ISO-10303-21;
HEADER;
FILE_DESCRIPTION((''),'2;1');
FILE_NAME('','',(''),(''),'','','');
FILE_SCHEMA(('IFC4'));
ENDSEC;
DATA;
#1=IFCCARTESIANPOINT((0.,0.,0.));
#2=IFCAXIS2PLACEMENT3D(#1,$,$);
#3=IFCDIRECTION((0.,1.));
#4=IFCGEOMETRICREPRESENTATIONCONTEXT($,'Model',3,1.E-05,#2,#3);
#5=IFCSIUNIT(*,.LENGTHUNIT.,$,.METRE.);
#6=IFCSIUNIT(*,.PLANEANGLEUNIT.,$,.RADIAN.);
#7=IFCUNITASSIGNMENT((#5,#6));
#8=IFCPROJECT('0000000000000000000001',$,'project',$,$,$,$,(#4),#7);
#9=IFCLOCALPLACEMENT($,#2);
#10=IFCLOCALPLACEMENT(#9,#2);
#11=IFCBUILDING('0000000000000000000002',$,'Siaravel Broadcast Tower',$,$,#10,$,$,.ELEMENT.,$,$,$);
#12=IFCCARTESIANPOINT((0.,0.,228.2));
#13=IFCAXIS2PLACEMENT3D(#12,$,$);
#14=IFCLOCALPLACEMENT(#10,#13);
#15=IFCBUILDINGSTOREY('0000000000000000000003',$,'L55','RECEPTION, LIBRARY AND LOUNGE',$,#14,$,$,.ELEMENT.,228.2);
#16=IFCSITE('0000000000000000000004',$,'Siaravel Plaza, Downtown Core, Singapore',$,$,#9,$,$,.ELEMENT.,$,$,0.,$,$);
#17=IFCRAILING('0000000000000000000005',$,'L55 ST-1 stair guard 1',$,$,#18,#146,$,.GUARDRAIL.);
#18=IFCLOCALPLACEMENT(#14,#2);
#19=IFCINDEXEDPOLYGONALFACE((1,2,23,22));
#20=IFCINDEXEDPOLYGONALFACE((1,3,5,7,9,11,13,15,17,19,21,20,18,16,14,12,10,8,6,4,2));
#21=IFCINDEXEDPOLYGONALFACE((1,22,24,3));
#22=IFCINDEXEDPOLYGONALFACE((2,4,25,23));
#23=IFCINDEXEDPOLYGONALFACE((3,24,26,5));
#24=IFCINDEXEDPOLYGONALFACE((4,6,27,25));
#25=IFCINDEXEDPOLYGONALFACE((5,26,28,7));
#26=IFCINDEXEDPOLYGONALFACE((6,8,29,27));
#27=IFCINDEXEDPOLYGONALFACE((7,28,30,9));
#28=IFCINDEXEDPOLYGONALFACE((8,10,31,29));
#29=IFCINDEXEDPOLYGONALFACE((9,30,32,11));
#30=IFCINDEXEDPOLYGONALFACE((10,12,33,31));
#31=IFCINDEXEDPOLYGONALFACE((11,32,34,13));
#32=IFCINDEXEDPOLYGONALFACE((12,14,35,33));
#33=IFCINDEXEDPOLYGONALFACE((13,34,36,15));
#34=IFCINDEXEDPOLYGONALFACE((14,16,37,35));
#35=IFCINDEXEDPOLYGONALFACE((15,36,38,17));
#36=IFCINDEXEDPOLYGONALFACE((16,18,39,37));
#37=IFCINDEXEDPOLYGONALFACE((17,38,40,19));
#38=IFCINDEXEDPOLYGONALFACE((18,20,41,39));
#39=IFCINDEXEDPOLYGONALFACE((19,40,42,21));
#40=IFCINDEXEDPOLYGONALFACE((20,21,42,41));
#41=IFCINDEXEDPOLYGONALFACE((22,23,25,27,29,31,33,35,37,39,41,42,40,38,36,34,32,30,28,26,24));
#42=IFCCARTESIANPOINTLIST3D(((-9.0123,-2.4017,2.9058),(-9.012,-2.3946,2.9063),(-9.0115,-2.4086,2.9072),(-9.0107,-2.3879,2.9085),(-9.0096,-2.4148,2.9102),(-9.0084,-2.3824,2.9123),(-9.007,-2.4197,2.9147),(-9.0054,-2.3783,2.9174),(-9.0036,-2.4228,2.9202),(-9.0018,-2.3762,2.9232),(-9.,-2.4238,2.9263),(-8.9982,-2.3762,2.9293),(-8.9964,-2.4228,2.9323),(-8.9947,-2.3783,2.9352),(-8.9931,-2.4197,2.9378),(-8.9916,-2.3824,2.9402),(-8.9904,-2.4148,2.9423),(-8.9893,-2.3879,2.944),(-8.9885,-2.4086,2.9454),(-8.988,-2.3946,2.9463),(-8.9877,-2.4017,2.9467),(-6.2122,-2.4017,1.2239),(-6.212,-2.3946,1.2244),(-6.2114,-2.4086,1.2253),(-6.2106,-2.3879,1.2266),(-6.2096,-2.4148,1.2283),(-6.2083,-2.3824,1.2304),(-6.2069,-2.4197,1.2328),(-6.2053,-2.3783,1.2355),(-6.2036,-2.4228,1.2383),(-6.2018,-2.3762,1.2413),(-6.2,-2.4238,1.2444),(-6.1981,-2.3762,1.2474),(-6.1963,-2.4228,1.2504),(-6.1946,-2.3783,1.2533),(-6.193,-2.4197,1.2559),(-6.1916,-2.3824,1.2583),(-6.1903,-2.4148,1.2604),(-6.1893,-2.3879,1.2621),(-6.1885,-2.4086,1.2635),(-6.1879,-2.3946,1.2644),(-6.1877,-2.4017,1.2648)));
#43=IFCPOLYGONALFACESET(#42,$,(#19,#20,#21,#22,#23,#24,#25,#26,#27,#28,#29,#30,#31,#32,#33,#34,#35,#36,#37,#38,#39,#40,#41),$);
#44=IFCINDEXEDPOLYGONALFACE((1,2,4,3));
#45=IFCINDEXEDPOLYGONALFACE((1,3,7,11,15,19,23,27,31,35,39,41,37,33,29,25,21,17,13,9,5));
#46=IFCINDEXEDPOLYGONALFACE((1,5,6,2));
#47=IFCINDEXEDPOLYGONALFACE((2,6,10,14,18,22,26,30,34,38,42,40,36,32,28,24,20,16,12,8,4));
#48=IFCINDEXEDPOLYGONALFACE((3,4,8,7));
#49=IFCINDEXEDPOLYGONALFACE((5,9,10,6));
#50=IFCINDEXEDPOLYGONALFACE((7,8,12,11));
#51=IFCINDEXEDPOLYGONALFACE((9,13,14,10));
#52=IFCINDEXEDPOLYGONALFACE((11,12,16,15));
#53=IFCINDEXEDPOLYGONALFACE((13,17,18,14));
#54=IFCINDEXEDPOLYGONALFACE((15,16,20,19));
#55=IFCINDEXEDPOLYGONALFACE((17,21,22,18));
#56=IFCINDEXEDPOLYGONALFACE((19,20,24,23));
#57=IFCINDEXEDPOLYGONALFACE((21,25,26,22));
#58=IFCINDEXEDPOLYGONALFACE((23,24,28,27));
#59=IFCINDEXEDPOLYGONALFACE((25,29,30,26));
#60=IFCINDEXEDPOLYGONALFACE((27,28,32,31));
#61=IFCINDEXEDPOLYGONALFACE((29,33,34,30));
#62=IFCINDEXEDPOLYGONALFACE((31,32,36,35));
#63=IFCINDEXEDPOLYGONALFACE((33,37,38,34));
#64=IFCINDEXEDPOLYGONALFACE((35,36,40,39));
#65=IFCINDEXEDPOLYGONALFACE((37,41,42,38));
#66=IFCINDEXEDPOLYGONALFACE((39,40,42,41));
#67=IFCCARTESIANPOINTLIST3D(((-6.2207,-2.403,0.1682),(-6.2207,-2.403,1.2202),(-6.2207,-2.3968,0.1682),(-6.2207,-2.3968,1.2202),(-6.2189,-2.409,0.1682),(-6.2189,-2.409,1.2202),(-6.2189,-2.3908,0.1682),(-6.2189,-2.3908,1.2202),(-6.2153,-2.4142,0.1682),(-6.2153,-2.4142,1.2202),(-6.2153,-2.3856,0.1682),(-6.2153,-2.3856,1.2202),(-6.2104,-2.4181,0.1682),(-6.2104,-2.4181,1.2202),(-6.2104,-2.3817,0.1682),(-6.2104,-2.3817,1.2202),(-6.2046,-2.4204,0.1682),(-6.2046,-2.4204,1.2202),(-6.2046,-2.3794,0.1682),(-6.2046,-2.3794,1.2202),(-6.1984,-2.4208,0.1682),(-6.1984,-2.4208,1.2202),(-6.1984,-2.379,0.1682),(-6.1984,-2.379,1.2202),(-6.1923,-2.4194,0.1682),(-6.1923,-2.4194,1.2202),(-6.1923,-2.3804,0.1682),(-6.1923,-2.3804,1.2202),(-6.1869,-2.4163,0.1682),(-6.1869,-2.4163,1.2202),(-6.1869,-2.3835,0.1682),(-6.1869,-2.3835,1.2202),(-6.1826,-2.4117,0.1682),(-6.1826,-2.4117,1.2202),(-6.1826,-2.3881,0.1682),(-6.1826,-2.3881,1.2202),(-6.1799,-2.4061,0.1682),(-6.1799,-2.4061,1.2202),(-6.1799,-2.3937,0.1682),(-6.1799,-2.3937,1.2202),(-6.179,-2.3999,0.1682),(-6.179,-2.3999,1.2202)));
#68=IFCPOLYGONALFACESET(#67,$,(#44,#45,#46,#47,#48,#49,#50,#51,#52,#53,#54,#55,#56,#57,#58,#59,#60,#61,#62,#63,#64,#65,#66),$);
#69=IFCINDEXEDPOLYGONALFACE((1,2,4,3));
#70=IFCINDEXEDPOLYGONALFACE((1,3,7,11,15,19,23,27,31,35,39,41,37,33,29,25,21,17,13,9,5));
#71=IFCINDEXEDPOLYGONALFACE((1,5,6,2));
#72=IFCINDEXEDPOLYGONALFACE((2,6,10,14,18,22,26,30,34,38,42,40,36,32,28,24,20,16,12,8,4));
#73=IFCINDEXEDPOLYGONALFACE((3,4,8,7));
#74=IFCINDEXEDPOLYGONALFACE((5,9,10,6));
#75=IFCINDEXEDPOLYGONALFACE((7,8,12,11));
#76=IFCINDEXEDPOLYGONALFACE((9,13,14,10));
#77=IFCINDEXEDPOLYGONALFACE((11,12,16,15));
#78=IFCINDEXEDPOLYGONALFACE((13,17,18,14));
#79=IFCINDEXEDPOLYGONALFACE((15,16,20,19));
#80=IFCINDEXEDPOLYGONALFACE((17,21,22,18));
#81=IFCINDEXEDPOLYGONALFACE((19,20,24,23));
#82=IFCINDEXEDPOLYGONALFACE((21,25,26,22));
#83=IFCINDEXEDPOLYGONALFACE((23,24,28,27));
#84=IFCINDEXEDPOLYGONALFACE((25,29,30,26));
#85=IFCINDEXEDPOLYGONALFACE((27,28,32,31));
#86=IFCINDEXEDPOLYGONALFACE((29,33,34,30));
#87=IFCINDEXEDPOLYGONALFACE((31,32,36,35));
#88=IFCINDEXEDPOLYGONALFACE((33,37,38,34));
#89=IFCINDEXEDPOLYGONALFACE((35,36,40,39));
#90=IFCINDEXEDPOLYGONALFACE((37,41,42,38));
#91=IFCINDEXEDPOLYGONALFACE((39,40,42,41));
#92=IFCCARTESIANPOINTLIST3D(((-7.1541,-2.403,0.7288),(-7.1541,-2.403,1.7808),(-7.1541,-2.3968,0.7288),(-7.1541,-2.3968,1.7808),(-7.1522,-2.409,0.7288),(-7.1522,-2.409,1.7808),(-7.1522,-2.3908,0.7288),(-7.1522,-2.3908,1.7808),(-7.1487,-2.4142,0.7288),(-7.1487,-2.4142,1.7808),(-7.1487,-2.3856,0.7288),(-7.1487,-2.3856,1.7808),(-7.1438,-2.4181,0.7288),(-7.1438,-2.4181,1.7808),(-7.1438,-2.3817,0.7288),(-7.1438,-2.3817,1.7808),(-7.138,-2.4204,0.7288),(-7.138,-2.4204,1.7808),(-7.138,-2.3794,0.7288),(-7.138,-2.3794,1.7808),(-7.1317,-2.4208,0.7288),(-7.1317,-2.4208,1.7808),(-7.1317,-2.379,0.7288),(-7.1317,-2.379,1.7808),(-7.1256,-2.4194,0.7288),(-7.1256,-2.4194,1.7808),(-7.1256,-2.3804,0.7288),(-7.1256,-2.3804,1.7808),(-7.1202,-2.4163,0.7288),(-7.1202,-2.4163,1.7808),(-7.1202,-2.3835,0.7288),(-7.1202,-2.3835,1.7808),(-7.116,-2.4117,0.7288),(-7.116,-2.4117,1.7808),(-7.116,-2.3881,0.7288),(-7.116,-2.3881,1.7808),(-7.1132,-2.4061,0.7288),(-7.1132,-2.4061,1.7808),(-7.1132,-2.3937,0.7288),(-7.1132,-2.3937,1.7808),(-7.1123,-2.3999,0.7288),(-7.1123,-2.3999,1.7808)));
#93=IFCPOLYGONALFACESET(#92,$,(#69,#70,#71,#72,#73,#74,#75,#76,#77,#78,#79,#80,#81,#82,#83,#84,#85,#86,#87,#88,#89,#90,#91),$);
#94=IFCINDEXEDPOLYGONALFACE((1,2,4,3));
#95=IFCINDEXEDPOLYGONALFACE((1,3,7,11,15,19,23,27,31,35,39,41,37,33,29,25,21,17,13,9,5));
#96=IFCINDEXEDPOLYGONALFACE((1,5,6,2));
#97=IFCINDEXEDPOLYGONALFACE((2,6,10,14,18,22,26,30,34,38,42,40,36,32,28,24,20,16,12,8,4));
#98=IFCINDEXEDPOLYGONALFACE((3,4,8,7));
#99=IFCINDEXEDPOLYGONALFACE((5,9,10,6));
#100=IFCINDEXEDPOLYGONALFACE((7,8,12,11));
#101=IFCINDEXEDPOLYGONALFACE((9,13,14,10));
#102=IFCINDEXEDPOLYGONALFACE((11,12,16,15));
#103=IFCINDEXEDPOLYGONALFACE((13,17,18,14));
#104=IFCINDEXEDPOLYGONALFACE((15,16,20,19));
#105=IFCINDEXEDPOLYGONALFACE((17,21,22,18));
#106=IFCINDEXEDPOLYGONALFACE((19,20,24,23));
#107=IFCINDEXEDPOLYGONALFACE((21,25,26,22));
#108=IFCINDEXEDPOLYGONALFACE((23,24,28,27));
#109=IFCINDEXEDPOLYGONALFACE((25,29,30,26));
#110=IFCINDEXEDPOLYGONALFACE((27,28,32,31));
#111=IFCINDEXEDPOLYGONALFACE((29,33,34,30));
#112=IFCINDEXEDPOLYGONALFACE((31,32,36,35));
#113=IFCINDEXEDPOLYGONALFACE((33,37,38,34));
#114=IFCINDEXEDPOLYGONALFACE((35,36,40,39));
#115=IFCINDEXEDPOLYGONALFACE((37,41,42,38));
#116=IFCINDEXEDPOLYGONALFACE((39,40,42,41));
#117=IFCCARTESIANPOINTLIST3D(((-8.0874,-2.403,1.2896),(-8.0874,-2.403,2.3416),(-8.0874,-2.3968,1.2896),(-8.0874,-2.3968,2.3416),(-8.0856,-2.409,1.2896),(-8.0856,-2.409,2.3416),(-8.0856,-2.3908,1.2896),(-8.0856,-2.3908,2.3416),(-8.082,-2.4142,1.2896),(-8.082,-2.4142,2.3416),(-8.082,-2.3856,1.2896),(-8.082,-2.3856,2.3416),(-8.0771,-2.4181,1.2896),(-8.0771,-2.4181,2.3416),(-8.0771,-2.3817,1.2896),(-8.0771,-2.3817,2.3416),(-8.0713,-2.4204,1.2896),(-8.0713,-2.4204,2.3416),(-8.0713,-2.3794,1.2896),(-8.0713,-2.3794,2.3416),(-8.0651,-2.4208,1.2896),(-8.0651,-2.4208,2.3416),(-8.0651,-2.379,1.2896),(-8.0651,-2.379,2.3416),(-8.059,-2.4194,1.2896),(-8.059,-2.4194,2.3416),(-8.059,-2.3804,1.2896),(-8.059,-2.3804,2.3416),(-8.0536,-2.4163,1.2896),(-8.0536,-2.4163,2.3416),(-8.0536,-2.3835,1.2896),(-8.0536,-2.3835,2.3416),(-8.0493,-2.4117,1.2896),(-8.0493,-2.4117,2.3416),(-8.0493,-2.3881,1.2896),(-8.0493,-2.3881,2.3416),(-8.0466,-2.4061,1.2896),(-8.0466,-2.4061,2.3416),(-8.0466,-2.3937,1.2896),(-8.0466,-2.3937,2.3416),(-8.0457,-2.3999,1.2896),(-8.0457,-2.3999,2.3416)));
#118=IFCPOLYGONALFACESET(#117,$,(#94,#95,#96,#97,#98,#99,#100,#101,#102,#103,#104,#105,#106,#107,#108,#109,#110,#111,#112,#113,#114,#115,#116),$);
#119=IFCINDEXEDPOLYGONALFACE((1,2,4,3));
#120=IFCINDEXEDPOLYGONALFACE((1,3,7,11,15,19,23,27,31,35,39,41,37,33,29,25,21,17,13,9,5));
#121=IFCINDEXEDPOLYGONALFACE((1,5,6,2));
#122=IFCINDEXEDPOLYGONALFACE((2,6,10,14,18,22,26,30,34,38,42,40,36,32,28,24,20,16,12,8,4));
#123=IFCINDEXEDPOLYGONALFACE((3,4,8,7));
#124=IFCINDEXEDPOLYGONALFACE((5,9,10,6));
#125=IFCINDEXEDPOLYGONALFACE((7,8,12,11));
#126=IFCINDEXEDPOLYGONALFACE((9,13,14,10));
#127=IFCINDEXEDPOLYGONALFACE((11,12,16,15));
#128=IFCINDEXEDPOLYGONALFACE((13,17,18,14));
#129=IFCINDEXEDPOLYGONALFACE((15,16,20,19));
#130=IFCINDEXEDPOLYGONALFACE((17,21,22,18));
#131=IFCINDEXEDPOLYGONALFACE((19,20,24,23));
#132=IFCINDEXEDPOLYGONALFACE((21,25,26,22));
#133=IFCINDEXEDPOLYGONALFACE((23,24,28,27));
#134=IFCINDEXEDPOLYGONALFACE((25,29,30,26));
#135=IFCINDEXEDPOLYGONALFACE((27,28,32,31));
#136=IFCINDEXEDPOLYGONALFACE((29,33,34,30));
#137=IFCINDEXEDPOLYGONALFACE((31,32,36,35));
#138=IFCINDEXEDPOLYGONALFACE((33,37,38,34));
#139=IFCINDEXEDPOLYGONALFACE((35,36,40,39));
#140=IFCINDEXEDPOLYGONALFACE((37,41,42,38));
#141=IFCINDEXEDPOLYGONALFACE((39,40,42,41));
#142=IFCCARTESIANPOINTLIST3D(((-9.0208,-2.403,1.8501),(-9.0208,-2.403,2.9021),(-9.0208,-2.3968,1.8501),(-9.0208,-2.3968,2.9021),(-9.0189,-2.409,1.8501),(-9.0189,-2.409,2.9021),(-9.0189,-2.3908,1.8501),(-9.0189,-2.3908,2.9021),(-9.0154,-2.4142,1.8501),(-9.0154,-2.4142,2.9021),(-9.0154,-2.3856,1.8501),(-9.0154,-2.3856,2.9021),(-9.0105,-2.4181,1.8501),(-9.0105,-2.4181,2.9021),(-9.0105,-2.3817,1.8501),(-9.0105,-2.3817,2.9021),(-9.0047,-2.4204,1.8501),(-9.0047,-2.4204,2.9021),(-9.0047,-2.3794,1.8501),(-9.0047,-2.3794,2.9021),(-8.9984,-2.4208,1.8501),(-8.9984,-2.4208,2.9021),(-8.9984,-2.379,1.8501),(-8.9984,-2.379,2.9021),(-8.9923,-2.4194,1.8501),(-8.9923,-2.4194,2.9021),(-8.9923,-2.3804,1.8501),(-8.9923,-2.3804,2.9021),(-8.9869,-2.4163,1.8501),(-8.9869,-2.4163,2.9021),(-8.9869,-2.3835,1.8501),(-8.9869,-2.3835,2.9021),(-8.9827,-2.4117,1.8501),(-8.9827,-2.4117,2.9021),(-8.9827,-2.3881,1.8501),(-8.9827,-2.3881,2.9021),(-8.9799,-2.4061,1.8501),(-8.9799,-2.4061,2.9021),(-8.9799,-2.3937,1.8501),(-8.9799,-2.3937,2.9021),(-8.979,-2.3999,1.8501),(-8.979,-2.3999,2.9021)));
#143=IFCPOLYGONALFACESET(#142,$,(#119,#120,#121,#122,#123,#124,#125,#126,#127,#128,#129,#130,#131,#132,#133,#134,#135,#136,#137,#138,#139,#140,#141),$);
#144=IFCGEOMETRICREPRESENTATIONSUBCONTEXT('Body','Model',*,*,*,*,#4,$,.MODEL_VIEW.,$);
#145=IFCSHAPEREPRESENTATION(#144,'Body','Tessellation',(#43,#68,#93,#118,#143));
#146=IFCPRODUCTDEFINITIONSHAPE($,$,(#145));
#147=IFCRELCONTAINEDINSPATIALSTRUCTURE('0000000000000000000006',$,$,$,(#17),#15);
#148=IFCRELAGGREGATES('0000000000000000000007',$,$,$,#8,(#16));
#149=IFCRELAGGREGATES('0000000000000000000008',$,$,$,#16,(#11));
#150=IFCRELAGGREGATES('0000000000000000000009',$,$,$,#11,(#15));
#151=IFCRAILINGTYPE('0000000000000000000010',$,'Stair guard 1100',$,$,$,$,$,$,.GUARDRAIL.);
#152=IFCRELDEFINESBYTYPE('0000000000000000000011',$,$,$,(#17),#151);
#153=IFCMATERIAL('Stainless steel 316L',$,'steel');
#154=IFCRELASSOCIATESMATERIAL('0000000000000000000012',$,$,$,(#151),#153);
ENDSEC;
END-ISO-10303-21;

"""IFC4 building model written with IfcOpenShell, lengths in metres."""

from ifc_helpers import new_model, si_unit, direction, frame, origin, origin_2d, place, context, subcontext, project, spatial, circle, extrude, material, type_object, element, save


model = new_model("IFC4")

# Units and contexts
model_context = context("Model", 3, precision=1e-05, world=origin(), true_north=direction((0.0, 1.0)))
body_context = subcontext(model_context, "Body", "Model", "MODEL_VIEW")
ifc_project = project(units=[si_unit("LENGTHUNIT", "METRE"), si_unit("PLANEANGLEUNIT", "RADIAN")], contexts=[model_context])

# Site, building, storey
site_placement = place(None, origin())
site = spatial("IfcSite", under=ifc_project, at=site_placement, Name="Siaravel Plaza, Downtown Core, Singapore", CompositionType="ELEMENT", RefElevation=0.0)
building_placement = place(site_placement, origin())
building = spatial("IfcBuilding", under=site, at=building_placement, Name="Siaravel Broadcast Tower", CompositionType="ELEMENT")
storey_placement = place(building_placement, frame((0.0, 0.0, 228.2)))
storey = spatial("IfcBuildingStorey", under=building, at=storey_placement, Name="L55", Description="RECEPTION, LIBRARY AND LOUNGE", CompositionType="ELEMENT", Elevation=228.2)

# Shared definitions
ifc_material_1 = material(Name="Stainless steel 316L", Category="steel")

# Railing
railing_type_1 = type_object("IfcRailingType", Name="Stair guard 1100", PredefinedType="GUARDRAIL", material=ifc_material_1)
railing_1_placement = place(storey_placement, frame((-6.2, -2.3999, 0.1682)))
element("IfcRailing", 1, at=railing_1_placement, inside=storey, type_object=railing_type_1, Name="L55 ST-1 stair guard 1", PredefinedType="GUARDRAIL", context=body_context, shape_type="SweptSolid", body=[
    extrude(circle(Radius=0.0239, at=origin_2d()), frame((0.0, 0.0, 1.0762), z_axis=(-0.857242, 0.0, 0.514913), x_axis=(0.0, -1.0, 0.0)), (0.0, 0.0, 1.0), 3.2664),
    extrude(circle(Radius=0.021, at=origin_2d()), origin(), (0.0, 0.0, 1.0), 1.052),
    extrude(circle(Radius=0.021, at=origin_2d()), frame((-0.9333, 0.0, 0.5605)), (0.0, 0.0, 1.0), 1.052),
    extrude(circle(Radius=0.021, at=origin_2d()), frame((-1.8667, 0.0, 1.1213)), (0.0, 0.0, 1.0), 1.052),
    extrude(circle(Radius=0.021, at=origin_2d()), frame((-2.8, 0.0, 1.6819)), (0.0, 0.0, 1.0), 1.052),
])

save(model, "model.ifc")
